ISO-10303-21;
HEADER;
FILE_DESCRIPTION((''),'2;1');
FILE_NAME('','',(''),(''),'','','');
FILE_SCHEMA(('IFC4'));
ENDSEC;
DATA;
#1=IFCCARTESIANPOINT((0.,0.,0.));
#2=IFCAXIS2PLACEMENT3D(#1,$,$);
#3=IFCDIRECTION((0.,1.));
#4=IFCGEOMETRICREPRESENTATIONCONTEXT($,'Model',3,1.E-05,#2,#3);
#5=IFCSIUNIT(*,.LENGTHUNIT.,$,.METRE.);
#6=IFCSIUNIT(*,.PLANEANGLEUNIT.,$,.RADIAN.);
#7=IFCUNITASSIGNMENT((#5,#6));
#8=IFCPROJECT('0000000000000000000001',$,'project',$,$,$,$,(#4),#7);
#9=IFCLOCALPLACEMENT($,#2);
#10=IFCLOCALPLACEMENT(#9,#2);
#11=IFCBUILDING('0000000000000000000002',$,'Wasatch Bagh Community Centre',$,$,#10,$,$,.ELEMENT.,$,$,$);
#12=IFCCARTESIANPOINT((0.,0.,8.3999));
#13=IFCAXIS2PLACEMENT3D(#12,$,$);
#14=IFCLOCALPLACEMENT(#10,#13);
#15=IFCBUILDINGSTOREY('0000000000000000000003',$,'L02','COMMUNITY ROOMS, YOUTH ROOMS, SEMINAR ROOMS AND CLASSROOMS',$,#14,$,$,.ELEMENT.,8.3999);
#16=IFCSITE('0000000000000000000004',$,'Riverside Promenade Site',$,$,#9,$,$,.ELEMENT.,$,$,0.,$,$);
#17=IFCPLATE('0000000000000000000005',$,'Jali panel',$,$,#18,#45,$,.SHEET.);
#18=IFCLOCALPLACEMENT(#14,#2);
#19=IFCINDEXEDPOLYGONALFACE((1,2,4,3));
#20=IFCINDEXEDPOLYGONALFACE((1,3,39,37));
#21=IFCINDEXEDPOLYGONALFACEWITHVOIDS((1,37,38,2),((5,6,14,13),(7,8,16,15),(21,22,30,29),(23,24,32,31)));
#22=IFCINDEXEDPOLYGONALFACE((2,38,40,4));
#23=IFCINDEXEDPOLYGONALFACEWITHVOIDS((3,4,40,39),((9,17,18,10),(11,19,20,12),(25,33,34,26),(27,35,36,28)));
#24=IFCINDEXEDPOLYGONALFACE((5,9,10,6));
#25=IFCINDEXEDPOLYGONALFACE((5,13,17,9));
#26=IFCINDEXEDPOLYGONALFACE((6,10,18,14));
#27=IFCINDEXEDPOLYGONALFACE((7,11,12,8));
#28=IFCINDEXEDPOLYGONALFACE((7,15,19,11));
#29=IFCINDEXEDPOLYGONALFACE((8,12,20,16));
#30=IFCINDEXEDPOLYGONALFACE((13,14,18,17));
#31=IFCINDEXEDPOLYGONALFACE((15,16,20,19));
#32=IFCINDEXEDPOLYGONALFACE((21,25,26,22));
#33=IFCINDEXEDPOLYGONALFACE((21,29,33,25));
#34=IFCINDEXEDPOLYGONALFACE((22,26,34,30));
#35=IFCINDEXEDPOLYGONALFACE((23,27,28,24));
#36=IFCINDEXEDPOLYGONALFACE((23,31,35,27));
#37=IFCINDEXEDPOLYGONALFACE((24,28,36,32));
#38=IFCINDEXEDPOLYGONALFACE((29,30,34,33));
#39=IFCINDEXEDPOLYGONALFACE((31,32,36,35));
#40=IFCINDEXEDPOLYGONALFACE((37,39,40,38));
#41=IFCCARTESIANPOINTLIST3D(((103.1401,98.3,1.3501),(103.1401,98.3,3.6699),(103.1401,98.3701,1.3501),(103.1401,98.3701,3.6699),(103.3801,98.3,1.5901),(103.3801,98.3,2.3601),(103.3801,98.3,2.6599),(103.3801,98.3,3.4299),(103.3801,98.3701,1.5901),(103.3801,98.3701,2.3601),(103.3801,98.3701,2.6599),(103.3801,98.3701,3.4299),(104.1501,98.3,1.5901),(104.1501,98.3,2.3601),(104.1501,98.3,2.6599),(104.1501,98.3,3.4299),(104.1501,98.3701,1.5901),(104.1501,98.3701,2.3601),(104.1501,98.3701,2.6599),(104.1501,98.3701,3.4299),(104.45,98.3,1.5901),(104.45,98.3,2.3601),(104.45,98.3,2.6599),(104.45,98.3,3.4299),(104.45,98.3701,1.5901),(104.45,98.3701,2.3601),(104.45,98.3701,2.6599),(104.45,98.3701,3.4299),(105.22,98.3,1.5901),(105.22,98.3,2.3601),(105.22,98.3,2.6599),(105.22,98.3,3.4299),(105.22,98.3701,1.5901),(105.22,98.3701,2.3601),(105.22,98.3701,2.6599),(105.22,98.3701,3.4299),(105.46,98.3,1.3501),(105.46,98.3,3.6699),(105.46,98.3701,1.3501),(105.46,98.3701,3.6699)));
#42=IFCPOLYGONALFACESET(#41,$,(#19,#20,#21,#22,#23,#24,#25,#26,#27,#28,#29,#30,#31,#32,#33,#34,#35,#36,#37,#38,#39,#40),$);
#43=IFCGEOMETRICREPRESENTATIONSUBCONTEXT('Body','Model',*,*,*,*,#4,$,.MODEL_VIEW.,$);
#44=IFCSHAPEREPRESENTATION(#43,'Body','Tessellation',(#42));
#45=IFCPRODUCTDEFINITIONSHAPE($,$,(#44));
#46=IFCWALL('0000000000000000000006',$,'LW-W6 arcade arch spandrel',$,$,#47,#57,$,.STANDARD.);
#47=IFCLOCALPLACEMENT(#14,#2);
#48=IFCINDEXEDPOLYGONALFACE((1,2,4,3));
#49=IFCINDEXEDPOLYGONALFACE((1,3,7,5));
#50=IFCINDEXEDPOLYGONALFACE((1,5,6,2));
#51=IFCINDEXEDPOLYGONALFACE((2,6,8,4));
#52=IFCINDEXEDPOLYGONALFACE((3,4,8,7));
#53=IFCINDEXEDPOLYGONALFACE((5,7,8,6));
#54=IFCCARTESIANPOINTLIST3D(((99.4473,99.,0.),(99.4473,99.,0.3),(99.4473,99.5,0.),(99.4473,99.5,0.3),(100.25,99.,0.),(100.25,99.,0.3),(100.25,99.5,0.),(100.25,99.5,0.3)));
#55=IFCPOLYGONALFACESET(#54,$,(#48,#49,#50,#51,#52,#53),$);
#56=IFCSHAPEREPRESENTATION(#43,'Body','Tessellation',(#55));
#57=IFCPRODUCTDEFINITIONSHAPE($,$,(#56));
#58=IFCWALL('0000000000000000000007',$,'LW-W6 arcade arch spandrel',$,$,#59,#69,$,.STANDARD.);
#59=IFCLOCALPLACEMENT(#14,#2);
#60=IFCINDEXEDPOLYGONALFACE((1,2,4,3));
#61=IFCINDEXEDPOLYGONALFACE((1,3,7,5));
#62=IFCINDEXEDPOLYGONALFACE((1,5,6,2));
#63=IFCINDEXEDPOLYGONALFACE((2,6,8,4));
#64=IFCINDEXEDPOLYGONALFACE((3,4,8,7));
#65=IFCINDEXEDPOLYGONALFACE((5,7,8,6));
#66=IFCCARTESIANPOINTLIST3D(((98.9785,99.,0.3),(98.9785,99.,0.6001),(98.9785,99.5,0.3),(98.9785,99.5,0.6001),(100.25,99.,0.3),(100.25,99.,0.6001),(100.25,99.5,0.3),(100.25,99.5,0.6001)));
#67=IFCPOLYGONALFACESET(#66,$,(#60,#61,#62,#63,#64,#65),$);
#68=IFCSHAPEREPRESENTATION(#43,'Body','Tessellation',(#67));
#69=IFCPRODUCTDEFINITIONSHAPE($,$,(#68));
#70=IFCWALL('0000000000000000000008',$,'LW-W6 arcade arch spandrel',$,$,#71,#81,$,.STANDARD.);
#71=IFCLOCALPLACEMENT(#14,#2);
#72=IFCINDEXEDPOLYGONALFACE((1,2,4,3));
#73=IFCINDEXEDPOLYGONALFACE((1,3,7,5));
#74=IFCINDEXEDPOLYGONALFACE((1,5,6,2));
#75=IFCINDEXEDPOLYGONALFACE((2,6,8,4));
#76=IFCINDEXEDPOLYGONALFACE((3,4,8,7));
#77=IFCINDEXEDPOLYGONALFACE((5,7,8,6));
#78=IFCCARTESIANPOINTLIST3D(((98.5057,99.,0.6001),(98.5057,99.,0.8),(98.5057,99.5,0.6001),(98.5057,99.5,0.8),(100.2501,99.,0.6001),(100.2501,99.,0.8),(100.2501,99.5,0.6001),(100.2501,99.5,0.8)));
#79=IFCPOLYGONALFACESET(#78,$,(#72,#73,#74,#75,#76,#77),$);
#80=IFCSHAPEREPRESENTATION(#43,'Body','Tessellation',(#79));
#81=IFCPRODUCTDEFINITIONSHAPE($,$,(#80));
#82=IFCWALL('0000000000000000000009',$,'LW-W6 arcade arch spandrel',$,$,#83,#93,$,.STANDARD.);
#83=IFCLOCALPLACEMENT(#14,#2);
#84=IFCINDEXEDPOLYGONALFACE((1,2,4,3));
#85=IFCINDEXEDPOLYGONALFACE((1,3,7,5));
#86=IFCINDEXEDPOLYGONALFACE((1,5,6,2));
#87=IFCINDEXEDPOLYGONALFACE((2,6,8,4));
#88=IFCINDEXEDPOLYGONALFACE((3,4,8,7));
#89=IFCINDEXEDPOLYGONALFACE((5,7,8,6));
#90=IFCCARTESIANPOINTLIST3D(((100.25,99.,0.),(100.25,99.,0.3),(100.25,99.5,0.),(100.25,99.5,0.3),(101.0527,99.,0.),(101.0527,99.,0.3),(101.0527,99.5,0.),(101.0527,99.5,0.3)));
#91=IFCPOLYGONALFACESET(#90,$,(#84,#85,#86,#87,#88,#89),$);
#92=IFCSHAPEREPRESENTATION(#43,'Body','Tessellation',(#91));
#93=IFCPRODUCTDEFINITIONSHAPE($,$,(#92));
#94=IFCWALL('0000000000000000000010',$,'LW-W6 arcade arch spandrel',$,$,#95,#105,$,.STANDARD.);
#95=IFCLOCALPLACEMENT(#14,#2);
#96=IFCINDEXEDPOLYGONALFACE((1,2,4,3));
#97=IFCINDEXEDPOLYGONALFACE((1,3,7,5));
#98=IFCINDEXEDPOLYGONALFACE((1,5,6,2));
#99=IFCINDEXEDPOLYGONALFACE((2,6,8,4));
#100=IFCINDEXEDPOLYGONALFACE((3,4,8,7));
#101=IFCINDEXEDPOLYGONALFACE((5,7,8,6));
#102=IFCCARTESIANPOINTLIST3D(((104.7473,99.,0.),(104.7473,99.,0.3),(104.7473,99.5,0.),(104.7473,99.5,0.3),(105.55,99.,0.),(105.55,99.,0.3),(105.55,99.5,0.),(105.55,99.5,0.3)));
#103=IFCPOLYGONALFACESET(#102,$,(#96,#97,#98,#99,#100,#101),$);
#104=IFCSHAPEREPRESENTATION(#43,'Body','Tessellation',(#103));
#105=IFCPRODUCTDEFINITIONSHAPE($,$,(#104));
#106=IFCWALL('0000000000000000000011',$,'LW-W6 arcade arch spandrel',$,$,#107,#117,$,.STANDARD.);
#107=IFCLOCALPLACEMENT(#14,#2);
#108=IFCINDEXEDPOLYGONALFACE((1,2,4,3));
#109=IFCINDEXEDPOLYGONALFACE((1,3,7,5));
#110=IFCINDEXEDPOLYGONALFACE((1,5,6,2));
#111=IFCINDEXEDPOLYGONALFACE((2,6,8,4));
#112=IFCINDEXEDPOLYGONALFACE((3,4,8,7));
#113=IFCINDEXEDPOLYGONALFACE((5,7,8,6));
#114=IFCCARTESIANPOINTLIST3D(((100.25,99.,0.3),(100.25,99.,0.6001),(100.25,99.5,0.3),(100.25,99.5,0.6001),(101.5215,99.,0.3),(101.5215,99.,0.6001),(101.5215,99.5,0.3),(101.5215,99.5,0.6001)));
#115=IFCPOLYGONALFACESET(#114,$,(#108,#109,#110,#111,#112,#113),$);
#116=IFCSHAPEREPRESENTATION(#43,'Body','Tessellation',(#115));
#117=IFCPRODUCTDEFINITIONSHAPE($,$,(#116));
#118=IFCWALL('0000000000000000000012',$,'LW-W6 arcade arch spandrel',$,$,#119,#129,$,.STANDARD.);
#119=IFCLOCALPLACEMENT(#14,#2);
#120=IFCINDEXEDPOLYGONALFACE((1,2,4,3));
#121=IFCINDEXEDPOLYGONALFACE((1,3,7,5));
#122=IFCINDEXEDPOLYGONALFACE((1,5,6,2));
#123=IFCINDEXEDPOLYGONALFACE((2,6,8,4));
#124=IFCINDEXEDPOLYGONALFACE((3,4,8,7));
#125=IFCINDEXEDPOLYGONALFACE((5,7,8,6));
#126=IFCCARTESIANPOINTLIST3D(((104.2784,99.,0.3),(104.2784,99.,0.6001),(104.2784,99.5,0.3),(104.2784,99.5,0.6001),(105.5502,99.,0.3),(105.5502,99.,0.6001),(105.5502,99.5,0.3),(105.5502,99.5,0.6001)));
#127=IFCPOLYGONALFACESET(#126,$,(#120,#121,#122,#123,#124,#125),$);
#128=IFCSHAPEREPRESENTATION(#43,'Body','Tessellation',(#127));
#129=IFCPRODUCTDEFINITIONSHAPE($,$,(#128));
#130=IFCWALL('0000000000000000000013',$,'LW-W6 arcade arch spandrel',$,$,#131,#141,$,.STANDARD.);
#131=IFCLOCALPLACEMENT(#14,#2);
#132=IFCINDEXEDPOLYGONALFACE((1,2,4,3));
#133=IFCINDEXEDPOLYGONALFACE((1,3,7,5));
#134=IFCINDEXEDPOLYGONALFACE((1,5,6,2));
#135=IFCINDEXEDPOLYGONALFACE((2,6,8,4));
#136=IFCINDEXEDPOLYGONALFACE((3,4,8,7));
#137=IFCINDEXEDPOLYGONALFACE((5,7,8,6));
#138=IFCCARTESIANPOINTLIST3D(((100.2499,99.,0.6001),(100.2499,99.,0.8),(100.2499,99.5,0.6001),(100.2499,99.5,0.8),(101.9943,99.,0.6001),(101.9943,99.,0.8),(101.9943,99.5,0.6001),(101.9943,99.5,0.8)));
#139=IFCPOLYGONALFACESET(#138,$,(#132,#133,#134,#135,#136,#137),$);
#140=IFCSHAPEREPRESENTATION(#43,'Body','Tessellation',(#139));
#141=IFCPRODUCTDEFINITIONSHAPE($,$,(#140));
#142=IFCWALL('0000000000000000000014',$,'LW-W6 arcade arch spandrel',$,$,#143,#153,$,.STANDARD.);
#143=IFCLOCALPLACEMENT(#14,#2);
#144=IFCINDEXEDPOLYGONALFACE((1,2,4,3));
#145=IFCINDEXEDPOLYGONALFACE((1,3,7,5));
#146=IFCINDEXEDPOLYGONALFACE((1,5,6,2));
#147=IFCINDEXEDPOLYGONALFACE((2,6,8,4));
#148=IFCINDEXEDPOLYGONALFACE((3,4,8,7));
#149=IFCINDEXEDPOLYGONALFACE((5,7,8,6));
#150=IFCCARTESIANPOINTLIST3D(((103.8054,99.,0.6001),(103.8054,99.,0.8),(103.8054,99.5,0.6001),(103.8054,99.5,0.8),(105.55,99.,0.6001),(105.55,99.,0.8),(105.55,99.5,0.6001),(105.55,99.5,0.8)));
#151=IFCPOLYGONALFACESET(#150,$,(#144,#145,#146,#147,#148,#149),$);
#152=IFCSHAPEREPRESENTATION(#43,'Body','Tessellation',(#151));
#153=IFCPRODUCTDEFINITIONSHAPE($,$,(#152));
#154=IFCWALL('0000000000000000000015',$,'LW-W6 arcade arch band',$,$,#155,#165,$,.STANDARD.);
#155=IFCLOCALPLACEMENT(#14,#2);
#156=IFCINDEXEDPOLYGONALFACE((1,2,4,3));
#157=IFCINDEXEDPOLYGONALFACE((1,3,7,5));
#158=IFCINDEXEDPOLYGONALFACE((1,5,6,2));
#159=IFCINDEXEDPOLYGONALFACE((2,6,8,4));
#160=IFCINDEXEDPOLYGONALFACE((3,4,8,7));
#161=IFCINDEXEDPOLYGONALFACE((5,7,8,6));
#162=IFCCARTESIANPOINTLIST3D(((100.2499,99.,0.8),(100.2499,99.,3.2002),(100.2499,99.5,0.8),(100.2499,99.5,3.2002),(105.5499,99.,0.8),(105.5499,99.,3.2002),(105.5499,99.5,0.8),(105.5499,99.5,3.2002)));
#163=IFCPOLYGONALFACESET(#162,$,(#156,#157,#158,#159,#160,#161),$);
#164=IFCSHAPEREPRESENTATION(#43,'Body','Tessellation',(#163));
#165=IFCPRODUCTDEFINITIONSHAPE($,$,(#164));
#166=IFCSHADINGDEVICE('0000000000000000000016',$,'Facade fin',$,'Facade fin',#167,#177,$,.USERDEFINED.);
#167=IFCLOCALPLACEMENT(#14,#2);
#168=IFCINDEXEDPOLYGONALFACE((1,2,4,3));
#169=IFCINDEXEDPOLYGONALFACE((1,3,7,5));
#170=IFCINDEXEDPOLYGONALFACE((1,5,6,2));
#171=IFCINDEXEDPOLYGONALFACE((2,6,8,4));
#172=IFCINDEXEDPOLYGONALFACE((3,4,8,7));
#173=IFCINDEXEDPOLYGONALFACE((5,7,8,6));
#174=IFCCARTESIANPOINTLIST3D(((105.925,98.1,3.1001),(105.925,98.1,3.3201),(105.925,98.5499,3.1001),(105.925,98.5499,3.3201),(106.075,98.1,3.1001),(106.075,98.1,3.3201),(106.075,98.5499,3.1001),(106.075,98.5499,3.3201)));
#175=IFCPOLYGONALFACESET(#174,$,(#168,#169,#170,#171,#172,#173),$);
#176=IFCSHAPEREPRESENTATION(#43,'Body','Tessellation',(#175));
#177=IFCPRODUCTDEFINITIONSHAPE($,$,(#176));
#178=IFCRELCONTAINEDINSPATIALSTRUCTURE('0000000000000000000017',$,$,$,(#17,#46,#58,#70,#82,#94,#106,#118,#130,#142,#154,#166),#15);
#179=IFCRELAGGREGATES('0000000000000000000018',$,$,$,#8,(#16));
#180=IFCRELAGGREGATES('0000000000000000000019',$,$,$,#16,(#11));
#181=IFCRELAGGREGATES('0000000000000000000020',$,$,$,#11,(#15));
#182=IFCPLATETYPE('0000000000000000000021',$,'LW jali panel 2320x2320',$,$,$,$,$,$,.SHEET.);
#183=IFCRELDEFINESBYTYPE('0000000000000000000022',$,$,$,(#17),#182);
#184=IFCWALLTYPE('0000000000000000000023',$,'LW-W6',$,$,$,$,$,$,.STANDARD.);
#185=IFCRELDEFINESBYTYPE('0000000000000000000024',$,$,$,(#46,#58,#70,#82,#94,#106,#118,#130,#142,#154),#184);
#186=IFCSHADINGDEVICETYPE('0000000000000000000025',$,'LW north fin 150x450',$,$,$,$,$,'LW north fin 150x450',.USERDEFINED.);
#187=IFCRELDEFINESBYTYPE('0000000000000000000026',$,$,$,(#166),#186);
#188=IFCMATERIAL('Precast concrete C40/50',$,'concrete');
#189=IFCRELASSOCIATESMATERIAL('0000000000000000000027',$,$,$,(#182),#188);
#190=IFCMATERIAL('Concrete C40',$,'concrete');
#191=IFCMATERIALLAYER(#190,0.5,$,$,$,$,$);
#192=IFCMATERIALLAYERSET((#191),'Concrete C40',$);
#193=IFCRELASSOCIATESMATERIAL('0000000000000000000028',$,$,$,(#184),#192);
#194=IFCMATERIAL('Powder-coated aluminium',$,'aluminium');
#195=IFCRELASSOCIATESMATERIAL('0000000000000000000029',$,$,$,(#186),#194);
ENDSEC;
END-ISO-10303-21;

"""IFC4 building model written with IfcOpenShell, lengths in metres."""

from ifc_helpers import new_model, si_unit, direction, frame, frame_2d, origin, origin_2d, place, context, subcontext, project, spatial, polyline, rectangle, outline, extrude, material, layer, layer_set, material_profile, profile_set, type_object, element, save


model = new_model("IFC4")

# Units and contexts
model_context = context("Model", 3, precision=1e-05, world=origin(), true_north=direction((0.0, 1.0)))
body_context = subcontext(model_context, "Body", "Model", "MODEL_VIEW")
ifc_project = project(units=[si_unit("LENGTHUNIT", "METRE"), si_unit("PLANEANGLEUNIT", "RADIAN")], contexts=[model_context])

# Site, building, storey
site_placement = place(None, origin())
site = spatial("IfcSite", under=ifc_project, at=site_placement, Name="Riverside Promenade Site", CompositionType="ELEMENT", RefElevation=0.0)
building_placement = place(site_placement, origin())
building = spatial("IfcBuilding", under=site, at=building_placement, Name="Wasatch Bagh Community Centre", CompositionType="ELEMENT")
storey_placement = place(building_placement, frame((0.0, 0.0, 8.3999)))
storey = spatial("IfcBuildingStorey", under=building, at=storey_placement, Name="L02", Description="COMMUNITY ROOMS, YOUTH ROOMS, SEMINAR ROOMS AND CLASSROOMS", CompositionType="ELEMENT", Elevation=8.3999)

# Shared definitions
ifc_material_1 = material(Name="Concrete C40", Category="concrete")

# Plate
ifc_material_2 = material(Name="Precast concrete C40/50", Category="concrete")
ifc_material_profile_1 = material_profile(ifc_material_2, outline(polyline([(-1.1599, -1.1599), (1.1599, -1.1599), (1.1599, 1.1599), (-1.1599, 1.1599), (-1.1599, -1.1599)]), holes=[polyline([(-0.9199, -0.9199), (-0.1499, -0.9199), (-0.1499, -0.1499), (-0.9199, -0.1499), (-0.9199, -0.9199)]), polyline([(-0.9199, 0.1499), (-0.1499, 0.1499), (-0.1499, 0.9199), (-0.9199, 0.9199), (-0.9199, 0.1499)]), polyline([(0.1499, -0.9199), (0.9199, -0.9199), (0.9199, -0.1499), (0.1499, -0.1499), (0.1499, -0.9199)]), polyline([(0.1499, 0.1499), (0.9199, 0.1499), (0.9199, 0.9199), (0.1499, 0.9199), (0.1499, 0.1499)])]), Name="Jali lattice")
ifc_profile_set_1 = profile_set([ifc_material_profile_1], Name="Precast concrete C40/50")
plate_type_1 = type_object("IfcPlateType", Name="LW jali panel 2320x2320", PredefinedType="SHEET", material=ifc_profile_set_1)
plate_1_placement = place(storey_placement, frame((104.3, 98.3, 2.51), z_axis=(0.0, 1.0, 0.0), x_axis=(-1.0, 0.0, 0.0)))
element("IfcPlate", 1, at=plate_1_placement, inside=storey, type_object=plate_type_1, Name="Jali panel", PredefinedType="SHEET", context=body_context, shape_type="SweptSolid", body=[
    extrude(outline(polyline([(-1.1599, -1.1599), (1.1599, -1.1599), (1.1599, 1.1599), (-1.1599, 1.1599), (-1.1599, -1.1599)]), holes=[polyline([(-0.9199, -0.9199), (-0.1499, -0.9199), (-0.1499, -0.1499), (-0.9199, -0.1499), (-0.9199, -0.9199)]), polyline([(-0.9199, 0.1499), (-0.1499, 0.1499), (-0.1499, 0.9199), (-0.9199, 0.9199), (-0.9199, 0.1499)]), polyline([(0.1499, -0.9199), (0.9199, -0.9199), (0.9199, -0.1499), (0.1499, -0.1499), (0.1499, -0.9199)]), polyline([(0.1499, 0.1499), (0.9199, 0.1499), (0.9199, 0.9199), (0.1499, 0.9199), (0.1499, 0.1499)])]), origin(), (0.0, 0.0, 1.0), 0.0701),
])

# Walls
ifc_layer_1 = layer(ifc_material_1, 0.5)
ifc_layer_set_1 = layer_set([ifc_layer_1], Name="Concrete C40")
wall_type = type_object("IfcWallType", Name="LW-W6", PredefinedType="STANDARD", material=ifc_layer_set_1)
wall_1_placement = place(storey_placement, frame((100.25, 99.25, 0.0), z_axis=(0.0, 0.0, 1.0), x_axis=(-1.0, 0.0, 0.0)))
element("IfcWall", 2, at=wall_1_placement, inside=storey, type_object=wall_type, Name="LW-W6 arcade arch spandrel", PredefinedType="STANDARD", context=body_context, shape_type="SweptSolid", body=[
    extrude(rectangle(XDim=0.8027, YDim=0.5, at=frame_2d((0.4014, 0.0))), origin(), (0.0, 0.0, 1.0), 0.3),
])
wall_2_placement = place(storey_placement, frame((100.25, 99.25, 0.3), z_axis=(0.0, 0.0, 1.0), x_axis=(-1.0, 0.0, 0.0)))
element("IfcWall", 3, at=wall_2_placement, inside=storey, type_object=wall_type, Name="LW-W6 arcade arch spandrel", PredefinedType="STANDARD", context=body_context, shape_type="SweptSolid", body=[
    extrude(rectangle(XDim=1.2715, YDim=0.5, at=frame_2d((0.6357, 0.0))), origin(), (0.0, 0.0, 1.0), 0.3),
])
wall_3_placement = place(storey_placement, frame((100.25, 99.25, 0.6001), z_axis=(0.0, 0.0, 1.0), x_axis=(-1.0, 0.0, 0.0)))
element("IfcWall", 4, at=wall_3_placement, inside=storey, type_object=wall_type, Name="LW-W6 arcade arch spandrel", PredefinedType="STANDARD", context=body_context, shape_type="SweptSolid", body=[
    extrude(rectangle(XDim=1.7444, YDim=0.5, at=frame_2d((0.8721, 0.0))), origin(), (0.0, 0.0, 1.0), 0.2),
])
for number, where, z_axis, x_axis, name in (
    (5, (100.25, 99.25, 0.0), (0.0, 0.0, 1.0), (1.0, 0.0, 0.0), "LW-W6 arcade arch spandrel"),
    (6, (105.55, 99.25, 0.0), (0.0, 0.0, 1.0), (-1.0, 0.0, 0.0), "LW-W6 arcade arch spandrel"),
):
    element("IfcWall", number, at=place(storey_placement, frame(where, z_axis=z_axis, x_axis=x_axis)), inside=storey, type_object=wall_type, Name=name, PredefinedType="STANDARD", context=body_context, shape_type="SweptSolid", body=[
        extrude(rectangle(XDim=0.8027, YDim=0.5, at=frame_2d((0.4014, 0.0))), origin(), (0.0, 0.0, 1.0), 0.3),
    ])
wall_4_placement = place(storey_placement, frame((100.25, 99.25, 0.3), z_axis=(0.0, 0.0, 1.0), x_axis=(1.0, 0.0, 0.0)))
element("IfcWall", 7, at=wall_4_placement, inside=storey, type_object=wall_type, Name="LW-W6 arcade arch spandrel", PredefinedType="STANDARD", context=body_context, shape_type="SweptSolid", body=[
    extrude(rectangle(XDim=1.2715, YDim=0.5, at=frame_2d((0.6357, 0.0))), origin(), (0.0, 0.0, 1.0), 0.3),
])
wall_5_placement = place(storey_placement, frame((105.55, 99.25, 0.3), z_axis=(0.0, 0.0, 1.0), x_axis=(-1.0, 0.0, 0.0)))
element("IfcWall", 8, at=wall_5_placement, inside=storey, type_object=wall_type, Name="LW-W6 arcade arch spandrel", PredefinedType="STANDARD", context=body_context, shape_type="SweptSolid", body=[
    extrude(rectangle(XDim=1.2717, YDim=0.5, at=frame_2d((0.6357, 0.0))), origin(), (0.0, 0.0, 1.0), 0.3),
])
wall_6_placement = place(storey_placement, frame((100.25, 99.25, 0.6001), z_axis=(0.0, 0.0, 1.0), x_axis=(1.0, 0.0, 0.0)))
element("IfcWall", 9, at=wall_6_placement, inside=storey, type_object=wall_type, Name="LW-W6 arcade arch spandrel", PredefinedType="STANDARD", context=body_context, shape_type="SweptSolid", body=[
    extrude(rectangle(XDim=1.7444, YDim=0.5, at=frame_2d((0.8721, 0.0))), origin(), (0.0, 0.0, 1.0), 0.2),
])
wall_7_placement = place(storey_placement, frame((105.55, 99.25, 0.6001), z_axis=(0.0, 0.0, 1.0), x_axis=(-1.0, 0.0, 0.0)))
element("IfcWall", 10, at=wall_7_placement, inside=storey, type_object=wall_type, Name="LW-W6 arcade arch spandrel", PredefinedType="STANDARD", context=body_context, shape_type="SweptSolid", body=[
    extrude(rectangle(XDim=1.7446, YDim=0.5, at=frame_2d((0.8723, 0.0))), origin(), (0.0, 0.0, 1.0), 0.2),
])
wall_8_placement = place(storey_placement, frame((100.25, 99.25, 0.8), z_axis=(0.0, 0.0, 1.0), x_axis=(1.0, 0.0, 0.0)))
element("IfcWall", 11, at=wall_8_placement, inside=storey, type_object=wall_type, Name="LW-W6 arcade arch band", PredefinedType="STANDARD", context=body_context, shape_type="SweptSolid", body=[
    extrude(rectangle(XDim=5.3, YDim=0.5, at=frame_2d((2.6499, 0.0))), origin(), (0.0, 0.0, 1.0), 2.4001),
])

# Shading device
ifc_material_3 = material(Name="Powder-coated aluminium", Category="aluminium")
shading_device_type = type_object("IfcShadingDeviceType", Name="LW north fin 150x450", ElementType="LW north fin 150x450", PredefinedType="USERDEFINED", material=ifc_material_3)
shading_device_placement = place(storey_placement, frame((106.0, 98.325, 3.1001), z_axis=(0.0, 0.0, 1.0), x_axis=(1.0, 0.0, 0.0)))
element("IfcShadingDevice", 12, at=shading_device_placement, inside=storey, type_object=shading_device_type, Name="Facade fin", ObjectType="Facade fin", PredefinedType="USERDEFINED", context=body_context, shape_type="SweptSolid", body=[
    extrude(rectangle(XDim=0.1499, YDim=0.45, at=origin_2d()), origin(), (0.0, 0.0, 1.0), 0.22),
])

save(model, "model.ifc")
